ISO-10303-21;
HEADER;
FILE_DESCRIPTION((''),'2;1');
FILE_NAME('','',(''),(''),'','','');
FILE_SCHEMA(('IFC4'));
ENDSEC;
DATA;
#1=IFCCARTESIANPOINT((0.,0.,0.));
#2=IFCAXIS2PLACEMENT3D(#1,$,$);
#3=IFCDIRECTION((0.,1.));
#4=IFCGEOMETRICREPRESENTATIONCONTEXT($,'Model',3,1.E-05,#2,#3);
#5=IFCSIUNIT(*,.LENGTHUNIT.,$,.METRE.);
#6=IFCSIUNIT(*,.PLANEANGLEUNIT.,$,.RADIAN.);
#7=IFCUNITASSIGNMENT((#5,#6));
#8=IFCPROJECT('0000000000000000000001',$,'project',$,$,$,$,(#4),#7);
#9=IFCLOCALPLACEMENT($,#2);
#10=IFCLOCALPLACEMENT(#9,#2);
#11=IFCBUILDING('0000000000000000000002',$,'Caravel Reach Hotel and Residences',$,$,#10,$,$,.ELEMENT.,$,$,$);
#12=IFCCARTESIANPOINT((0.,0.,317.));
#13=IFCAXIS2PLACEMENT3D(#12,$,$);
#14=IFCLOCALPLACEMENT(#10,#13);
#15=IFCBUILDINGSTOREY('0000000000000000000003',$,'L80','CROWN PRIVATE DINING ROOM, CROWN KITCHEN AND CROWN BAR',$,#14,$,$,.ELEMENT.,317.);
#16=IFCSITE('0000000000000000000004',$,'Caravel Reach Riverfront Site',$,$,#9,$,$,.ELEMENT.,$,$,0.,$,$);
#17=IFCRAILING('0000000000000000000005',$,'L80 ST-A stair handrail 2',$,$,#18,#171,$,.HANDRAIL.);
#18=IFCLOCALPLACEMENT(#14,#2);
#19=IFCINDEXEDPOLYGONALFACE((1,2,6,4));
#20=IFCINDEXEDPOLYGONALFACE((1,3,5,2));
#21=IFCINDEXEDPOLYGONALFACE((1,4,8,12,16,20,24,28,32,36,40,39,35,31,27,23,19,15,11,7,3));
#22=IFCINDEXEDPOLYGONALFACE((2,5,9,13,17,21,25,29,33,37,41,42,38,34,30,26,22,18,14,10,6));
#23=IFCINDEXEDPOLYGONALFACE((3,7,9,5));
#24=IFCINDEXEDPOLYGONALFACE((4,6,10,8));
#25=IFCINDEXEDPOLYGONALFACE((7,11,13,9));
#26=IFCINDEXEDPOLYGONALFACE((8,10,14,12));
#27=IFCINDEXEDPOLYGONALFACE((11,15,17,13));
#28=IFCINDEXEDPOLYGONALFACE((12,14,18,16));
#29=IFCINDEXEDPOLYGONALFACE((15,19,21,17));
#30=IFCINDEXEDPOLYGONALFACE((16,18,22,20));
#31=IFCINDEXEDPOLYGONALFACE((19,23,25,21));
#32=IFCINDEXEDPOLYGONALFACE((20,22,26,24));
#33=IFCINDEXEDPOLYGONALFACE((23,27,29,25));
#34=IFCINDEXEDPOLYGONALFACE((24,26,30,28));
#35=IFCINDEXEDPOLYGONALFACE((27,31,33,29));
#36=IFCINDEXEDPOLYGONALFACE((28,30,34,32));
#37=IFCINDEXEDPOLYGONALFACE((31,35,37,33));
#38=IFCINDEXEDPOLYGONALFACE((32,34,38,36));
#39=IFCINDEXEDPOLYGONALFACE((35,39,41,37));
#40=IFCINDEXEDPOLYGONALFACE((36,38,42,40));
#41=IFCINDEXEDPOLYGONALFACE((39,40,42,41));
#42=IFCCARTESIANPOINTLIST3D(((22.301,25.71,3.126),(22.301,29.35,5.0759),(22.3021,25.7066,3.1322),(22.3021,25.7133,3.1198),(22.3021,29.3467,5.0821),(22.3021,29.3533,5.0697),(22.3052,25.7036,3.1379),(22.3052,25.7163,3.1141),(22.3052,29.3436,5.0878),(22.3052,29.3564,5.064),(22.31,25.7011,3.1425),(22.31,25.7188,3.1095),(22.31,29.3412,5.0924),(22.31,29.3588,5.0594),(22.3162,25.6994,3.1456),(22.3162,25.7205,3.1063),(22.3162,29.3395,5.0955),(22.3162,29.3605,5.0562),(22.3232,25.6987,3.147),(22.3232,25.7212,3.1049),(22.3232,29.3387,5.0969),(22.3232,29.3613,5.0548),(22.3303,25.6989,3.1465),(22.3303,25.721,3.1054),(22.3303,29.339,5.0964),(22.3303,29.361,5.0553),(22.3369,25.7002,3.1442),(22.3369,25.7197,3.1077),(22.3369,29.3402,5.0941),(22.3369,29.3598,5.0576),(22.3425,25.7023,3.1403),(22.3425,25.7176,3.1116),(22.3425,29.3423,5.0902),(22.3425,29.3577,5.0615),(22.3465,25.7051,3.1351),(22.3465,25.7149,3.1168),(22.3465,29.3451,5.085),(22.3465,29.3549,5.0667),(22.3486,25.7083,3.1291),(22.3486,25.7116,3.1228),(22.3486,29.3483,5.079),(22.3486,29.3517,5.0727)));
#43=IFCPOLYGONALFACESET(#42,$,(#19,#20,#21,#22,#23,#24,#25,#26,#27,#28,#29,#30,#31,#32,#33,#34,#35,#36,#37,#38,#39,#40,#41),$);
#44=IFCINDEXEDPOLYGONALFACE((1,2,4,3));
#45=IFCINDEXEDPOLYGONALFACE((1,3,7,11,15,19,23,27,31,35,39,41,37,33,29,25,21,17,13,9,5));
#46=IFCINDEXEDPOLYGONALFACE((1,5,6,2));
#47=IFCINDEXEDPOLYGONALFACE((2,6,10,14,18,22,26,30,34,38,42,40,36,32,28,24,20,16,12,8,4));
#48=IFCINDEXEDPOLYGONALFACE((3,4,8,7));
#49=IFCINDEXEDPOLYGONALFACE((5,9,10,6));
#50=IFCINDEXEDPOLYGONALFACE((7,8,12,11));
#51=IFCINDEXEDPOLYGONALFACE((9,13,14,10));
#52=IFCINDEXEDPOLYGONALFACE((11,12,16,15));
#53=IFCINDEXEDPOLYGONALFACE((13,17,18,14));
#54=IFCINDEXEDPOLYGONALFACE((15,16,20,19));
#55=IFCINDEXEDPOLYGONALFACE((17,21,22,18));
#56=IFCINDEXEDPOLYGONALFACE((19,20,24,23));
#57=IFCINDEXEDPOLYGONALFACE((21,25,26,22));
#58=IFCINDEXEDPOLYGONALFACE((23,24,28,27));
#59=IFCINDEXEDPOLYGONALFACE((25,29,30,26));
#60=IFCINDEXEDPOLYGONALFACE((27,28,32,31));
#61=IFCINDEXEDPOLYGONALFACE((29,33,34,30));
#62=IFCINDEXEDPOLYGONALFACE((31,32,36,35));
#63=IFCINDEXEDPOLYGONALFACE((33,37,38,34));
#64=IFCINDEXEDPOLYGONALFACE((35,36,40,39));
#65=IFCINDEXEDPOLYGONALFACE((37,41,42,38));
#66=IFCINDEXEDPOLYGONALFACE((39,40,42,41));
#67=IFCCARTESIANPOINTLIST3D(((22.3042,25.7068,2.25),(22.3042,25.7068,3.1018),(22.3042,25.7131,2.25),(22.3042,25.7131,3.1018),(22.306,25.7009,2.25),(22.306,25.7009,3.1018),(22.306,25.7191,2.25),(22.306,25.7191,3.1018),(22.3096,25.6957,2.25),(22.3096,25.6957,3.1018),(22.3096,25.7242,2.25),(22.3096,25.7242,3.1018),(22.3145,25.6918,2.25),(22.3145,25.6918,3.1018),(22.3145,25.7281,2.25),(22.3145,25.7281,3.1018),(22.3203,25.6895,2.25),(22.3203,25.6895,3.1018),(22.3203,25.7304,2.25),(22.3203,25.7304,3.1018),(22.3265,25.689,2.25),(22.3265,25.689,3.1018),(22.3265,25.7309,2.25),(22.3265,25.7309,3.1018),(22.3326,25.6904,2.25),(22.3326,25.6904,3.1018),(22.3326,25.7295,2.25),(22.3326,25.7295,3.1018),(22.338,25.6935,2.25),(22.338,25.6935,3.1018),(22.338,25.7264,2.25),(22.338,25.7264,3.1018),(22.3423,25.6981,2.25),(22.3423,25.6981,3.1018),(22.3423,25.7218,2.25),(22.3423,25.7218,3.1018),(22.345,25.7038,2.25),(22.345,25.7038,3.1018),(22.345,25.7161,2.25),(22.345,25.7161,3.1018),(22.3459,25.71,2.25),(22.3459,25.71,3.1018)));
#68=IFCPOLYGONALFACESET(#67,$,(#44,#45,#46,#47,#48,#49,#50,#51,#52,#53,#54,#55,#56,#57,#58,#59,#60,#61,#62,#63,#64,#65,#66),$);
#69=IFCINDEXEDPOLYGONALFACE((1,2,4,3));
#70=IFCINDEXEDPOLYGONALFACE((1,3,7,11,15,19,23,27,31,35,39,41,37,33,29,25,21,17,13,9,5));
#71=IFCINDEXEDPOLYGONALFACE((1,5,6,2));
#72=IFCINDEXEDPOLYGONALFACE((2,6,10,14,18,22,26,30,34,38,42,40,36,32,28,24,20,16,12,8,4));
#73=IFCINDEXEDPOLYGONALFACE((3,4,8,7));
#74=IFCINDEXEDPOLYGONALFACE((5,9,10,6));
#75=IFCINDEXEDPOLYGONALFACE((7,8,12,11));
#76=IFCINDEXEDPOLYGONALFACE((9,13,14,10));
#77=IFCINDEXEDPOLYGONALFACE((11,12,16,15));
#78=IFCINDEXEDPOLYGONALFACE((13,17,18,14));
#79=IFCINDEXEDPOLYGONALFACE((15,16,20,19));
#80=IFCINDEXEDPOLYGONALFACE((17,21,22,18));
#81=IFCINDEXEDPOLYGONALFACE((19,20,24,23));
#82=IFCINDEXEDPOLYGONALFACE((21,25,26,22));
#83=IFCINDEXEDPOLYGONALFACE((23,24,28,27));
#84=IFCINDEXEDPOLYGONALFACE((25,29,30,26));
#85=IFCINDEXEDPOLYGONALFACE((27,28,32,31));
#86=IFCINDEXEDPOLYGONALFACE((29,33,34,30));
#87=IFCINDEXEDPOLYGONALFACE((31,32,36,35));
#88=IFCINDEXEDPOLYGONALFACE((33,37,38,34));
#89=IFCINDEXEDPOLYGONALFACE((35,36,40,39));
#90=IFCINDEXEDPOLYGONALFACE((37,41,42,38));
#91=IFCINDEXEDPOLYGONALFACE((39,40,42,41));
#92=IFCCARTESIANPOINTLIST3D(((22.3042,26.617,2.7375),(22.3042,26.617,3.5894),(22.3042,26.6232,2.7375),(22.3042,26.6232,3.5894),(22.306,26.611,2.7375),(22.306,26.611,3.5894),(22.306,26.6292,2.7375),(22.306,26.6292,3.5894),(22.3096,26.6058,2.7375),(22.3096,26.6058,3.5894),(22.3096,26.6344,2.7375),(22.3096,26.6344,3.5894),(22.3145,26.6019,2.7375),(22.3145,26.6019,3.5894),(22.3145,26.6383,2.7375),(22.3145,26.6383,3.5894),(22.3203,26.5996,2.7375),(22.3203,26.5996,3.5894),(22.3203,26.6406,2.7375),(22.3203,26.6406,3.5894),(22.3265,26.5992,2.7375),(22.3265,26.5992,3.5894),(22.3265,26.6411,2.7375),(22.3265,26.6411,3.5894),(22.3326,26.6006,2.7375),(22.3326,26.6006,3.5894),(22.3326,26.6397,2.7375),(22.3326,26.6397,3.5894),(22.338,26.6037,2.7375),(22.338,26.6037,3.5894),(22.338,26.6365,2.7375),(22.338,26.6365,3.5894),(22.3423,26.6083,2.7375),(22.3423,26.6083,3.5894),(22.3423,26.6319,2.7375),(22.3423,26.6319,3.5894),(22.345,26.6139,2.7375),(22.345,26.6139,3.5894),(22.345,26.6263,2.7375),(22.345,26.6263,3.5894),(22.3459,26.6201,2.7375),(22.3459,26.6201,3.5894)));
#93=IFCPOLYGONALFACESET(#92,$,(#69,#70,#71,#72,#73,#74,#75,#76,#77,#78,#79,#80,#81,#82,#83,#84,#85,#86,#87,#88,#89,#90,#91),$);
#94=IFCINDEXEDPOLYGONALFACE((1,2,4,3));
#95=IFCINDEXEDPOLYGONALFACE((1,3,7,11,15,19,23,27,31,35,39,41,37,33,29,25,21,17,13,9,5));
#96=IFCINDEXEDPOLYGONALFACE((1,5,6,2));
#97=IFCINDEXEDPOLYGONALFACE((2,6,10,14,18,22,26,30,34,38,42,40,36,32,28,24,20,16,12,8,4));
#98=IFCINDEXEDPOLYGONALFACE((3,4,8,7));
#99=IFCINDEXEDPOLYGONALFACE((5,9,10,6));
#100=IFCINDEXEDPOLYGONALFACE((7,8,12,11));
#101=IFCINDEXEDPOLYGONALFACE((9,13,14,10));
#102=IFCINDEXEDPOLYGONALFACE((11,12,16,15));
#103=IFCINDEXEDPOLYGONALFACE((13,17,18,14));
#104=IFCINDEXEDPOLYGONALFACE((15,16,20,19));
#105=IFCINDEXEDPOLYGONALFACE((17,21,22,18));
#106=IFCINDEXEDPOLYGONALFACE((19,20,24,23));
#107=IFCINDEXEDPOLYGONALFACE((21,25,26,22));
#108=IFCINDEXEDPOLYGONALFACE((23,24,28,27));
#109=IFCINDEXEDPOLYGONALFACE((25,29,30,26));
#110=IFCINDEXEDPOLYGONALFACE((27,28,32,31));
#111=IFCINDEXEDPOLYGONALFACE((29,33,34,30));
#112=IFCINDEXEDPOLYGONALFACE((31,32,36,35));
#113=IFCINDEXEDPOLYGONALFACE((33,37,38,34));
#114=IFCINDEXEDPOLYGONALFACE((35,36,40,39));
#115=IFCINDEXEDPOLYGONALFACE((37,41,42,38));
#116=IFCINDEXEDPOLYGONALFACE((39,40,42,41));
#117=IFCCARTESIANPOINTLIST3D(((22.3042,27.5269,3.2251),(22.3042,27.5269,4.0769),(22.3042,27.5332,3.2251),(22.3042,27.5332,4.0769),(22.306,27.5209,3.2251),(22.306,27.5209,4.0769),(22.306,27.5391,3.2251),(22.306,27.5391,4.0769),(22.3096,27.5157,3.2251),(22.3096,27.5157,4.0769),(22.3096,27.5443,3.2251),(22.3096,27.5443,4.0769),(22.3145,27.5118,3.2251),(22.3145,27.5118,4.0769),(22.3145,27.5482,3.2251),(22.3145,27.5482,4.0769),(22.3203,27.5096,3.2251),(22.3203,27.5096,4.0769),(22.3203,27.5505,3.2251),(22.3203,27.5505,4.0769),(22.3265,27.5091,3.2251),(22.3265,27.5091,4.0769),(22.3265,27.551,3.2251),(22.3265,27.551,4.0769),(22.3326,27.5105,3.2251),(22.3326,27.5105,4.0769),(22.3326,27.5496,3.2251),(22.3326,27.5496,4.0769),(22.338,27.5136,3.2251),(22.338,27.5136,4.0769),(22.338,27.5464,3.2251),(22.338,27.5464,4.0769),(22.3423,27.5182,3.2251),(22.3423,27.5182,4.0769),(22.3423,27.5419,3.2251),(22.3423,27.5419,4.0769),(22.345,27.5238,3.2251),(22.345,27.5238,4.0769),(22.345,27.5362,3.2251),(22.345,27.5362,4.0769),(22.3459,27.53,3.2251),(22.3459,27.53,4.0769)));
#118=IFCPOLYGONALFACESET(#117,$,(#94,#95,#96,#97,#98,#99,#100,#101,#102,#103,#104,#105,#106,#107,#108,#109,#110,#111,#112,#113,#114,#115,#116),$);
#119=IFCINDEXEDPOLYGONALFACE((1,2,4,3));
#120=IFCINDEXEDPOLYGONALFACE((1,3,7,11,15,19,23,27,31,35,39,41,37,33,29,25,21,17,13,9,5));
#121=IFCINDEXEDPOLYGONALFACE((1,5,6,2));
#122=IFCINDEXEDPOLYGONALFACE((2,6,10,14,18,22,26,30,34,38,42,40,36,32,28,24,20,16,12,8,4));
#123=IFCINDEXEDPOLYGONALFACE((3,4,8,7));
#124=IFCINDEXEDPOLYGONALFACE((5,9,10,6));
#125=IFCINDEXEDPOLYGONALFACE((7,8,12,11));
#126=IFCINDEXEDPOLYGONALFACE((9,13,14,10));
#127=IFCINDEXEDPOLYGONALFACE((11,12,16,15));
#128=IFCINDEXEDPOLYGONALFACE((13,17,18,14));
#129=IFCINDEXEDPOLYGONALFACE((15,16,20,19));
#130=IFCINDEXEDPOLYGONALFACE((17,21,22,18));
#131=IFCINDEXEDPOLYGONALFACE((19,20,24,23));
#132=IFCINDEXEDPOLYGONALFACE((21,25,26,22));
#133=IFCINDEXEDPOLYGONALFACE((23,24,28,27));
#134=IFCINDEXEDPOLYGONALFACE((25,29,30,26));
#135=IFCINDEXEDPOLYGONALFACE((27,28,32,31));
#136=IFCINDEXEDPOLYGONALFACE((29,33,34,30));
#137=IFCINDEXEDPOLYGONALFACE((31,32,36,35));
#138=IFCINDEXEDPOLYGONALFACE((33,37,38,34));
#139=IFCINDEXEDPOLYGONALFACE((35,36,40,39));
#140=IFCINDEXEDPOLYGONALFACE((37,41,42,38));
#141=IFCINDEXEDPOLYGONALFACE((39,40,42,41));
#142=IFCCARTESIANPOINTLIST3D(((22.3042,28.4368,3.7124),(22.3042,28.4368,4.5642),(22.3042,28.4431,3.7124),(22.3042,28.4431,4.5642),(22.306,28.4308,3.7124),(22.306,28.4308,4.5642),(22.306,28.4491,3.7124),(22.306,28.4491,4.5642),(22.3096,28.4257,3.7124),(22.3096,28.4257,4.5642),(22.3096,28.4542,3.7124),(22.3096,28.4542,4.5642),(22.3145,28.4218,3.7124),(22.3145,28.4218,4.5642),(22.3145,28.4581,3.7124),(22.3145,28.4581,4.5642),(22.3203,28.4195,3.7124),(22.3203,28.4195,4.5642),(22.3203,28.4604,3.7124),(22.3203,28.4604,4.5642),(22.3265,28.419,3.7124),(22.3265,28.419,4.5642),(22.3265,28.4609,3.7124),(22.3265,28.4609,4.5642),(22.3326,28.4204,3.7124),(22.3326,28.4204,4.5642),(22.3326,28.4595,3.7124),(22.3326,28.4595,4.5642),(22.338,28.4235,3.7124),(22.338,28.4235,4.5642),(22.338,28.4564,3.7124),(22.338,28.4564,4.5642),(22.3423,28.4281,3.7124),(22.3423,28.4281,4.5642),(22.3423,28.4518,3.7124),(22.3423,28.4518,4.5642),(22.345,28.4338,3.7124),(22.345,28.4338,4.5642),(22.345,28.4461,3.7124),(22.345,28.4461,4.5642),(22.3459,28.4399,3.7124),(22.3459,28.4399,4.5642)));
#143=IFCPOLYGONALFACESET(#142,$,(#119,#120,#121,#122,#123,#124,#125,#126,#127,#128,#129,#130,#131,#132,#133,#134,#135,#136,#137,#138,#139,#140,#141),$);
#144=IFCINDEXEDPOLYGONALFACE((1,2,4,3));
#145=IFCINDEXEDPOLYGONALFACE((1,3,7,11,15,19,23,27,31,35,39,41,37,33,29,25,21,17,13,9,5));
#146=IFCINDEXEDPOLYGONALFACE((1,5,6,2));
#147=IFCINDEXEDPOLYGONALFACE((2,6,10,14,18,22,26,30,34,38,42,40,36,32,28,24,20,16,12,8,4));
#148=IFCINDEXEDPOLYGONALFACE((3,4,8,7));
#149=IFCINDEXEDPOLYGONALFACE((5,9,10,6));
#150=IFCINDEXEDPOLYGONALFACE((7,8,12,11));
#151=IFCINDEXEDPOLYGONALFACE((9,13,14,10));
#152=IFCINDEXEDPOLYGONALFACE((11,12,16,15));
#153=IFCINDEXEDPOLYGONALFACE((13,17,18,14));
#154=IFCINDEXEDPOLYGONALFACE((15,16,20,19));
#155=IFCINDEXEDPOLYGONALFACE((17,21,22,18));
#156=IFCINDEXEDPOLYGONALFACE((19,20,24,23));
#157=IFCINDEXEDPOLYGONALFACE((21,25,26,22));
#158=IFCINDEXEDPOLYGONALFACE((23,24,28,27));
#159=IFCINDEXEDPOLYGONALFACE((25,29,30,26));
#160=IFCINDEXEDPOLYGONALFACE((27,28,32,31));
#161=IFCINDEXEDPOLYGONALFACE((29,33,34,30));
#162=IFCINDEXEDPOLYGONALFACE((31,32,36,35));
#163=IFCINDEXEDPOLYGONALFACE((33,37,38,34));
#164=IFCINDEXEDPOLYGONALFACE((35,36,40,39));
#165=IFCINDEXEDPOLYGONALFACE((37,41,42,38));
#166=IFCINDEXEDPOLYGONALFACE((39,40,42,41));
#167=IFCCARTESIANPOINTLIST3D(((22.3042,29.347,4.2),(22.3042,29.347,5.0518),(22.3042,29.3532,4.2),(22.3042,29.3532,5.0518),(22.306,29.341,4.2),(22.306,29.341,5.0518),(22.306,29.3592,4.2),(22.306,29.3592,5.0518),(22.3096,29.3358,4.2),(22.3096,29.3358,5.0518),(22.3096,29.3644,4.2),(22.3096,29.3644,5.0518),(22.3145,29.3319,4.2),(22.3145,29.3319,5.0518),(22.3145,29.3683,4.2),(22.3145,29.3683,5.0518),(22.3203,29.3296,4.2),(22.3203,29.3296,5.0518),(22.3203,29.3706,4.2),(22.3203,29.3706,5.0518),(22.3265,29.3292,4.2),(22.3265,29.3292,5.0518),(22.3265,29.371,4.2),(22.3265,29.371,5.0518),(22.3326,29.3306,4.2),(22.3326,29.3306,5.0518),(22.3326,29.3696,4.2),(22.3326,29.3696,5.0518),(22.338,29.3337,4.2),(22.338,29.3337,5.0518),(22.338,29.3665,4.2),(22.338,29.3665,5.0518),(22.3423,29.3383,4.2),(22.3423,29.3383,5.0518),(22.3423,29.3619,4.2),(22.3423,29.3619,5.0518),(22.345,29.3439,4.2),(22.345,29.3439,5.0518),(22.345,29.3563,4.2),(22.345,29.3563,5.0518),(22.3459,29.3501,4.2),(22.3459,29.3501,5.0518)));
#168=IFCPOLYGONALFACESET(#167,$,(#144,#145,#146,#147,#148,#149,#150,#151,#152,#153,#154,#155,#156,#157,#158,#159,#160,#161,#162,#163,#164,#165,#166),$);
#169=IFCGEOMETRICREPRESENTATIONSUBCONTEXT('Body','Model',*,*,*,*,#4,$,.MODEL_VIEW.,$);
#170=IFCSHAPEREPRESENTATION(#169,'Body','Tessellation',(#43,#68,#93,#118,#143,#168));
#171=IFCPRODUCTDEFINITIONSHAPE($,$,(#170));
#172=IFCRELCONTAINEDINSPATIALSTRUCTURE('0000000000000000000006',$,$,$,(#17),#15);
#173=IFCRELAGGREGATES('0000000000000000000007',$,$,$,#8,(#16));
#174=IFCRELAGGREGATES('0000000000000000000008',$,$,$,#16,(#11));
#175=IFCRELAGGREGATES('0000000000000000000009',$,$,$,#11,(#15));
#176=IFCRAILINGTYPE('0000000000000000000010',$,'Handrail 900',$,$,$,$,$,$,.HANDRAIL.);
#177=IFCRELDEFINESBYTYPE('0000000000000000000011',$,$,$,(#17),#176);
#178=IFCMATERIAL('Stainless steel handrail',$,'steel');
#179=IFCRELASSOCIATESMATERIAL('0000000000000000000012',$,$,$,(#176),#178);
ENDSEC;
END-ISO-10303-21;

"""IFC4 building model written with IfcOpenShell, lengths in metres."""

from ifc_helpers import new_model, si_unit, direction, frame, origin, origin_2d, place, context, subcontext, project, spatial, circle, extrude, material, type_object, element, save


model = new_model("IFC4")

# Units and contexts
model_context = context("Model", 3, precision=1e-05, world=origin(), true_north=direction((0.0, 1.0)))
body_context = subcontext(model_context, "Body", "Model", "MODEL_VIEW")
ifc_project = project(units=[si_unit("LENGTHUNIT", "METRE"), si_unit("PLANEANGLEUNIT", "RADIAN")], contexts=[model_context])

# Site, building, storey
site_placement = place(None, origin())
site = spatial("IfcSite", under=ifc_project, at=site_placement, Name="Caravel Reach Riverfront Site", CompositionType="ELEMENT", RefElevation=0.0)
building_placement = place(site_placement, origin())
building = spatial("IfcBuilding", under=site, at=building_placement, Name="Caravel Reach Hotel and Residences", CompositionType="ELEMENT")
storey_placement = place(building_placement, frame((0.0, 0.0, 317.0)))
storey = spatial("IfcBuildingStorey", under=building, at=storey_placement, Name="L80", Description="CROWN PRIVATE DINING ROOM, CROWN KITCHEN AND CROWN BAR", CompositionType="ELEMENT", Elevation=317.0)

# Railing
ifc_material_1 = material(Name="Stainless steel handrail", Category="steel")
railing_type_1 = type_object("IfcRailingType", Name="Handrail 900", PredefinedType="HANDRAIL", material=ifc_material_1)
railing_1_placement = place(storey_placement, frame((22.325, 25.71, 2.25)))
element("IfcRailing", 1, at=railing_1_placement, inside=storey, type_object=railing_type_1, Name="L80 ST-A stair handrail 2", PredefinedType="HANDRAIL", context=body_context, shape_type="SweptSolid", body=[
    extrude(circle(Radius=0.0239, at=origin_2d()), frame((0.0, 0.0, 0.876), z_axis=(0.0, 0.881492, 0.472198), x_axis=(-1.0, 0.0, 0.0)), (0.0, 0.0, 1.0), 4.1294),
    extrude(circle(Radius=0.021, at=origin_2d()), origin(), (0.0, 0.0, 1.0), 0.8518),
    extrude(circle(Radius=0.021, at=origin_2d()), frame((0.0, 0.9102, 0.4875)), (0.0, 0.0, 1.0), 0.8518),
    extrude(circle(Radius=0.021, at=origin_2d()), frame((0.0, 1.8201, 0.9751)), (0.0, 0.0, 1.0), 0.8518),
    extrude(circle(Radius=0.021, at=origin_2d()), frame((0.0, 2.73, 1.4624)), (0.0, 0.0, 1.0), 0.8518),
    extrude(circle(Radius=0.021, at=origin_2d()), frame((0.0, 3.6401, 1.95)), (0.0, 0.0, 1.0), 0.8518),
])

save(model, "model.ifc")
